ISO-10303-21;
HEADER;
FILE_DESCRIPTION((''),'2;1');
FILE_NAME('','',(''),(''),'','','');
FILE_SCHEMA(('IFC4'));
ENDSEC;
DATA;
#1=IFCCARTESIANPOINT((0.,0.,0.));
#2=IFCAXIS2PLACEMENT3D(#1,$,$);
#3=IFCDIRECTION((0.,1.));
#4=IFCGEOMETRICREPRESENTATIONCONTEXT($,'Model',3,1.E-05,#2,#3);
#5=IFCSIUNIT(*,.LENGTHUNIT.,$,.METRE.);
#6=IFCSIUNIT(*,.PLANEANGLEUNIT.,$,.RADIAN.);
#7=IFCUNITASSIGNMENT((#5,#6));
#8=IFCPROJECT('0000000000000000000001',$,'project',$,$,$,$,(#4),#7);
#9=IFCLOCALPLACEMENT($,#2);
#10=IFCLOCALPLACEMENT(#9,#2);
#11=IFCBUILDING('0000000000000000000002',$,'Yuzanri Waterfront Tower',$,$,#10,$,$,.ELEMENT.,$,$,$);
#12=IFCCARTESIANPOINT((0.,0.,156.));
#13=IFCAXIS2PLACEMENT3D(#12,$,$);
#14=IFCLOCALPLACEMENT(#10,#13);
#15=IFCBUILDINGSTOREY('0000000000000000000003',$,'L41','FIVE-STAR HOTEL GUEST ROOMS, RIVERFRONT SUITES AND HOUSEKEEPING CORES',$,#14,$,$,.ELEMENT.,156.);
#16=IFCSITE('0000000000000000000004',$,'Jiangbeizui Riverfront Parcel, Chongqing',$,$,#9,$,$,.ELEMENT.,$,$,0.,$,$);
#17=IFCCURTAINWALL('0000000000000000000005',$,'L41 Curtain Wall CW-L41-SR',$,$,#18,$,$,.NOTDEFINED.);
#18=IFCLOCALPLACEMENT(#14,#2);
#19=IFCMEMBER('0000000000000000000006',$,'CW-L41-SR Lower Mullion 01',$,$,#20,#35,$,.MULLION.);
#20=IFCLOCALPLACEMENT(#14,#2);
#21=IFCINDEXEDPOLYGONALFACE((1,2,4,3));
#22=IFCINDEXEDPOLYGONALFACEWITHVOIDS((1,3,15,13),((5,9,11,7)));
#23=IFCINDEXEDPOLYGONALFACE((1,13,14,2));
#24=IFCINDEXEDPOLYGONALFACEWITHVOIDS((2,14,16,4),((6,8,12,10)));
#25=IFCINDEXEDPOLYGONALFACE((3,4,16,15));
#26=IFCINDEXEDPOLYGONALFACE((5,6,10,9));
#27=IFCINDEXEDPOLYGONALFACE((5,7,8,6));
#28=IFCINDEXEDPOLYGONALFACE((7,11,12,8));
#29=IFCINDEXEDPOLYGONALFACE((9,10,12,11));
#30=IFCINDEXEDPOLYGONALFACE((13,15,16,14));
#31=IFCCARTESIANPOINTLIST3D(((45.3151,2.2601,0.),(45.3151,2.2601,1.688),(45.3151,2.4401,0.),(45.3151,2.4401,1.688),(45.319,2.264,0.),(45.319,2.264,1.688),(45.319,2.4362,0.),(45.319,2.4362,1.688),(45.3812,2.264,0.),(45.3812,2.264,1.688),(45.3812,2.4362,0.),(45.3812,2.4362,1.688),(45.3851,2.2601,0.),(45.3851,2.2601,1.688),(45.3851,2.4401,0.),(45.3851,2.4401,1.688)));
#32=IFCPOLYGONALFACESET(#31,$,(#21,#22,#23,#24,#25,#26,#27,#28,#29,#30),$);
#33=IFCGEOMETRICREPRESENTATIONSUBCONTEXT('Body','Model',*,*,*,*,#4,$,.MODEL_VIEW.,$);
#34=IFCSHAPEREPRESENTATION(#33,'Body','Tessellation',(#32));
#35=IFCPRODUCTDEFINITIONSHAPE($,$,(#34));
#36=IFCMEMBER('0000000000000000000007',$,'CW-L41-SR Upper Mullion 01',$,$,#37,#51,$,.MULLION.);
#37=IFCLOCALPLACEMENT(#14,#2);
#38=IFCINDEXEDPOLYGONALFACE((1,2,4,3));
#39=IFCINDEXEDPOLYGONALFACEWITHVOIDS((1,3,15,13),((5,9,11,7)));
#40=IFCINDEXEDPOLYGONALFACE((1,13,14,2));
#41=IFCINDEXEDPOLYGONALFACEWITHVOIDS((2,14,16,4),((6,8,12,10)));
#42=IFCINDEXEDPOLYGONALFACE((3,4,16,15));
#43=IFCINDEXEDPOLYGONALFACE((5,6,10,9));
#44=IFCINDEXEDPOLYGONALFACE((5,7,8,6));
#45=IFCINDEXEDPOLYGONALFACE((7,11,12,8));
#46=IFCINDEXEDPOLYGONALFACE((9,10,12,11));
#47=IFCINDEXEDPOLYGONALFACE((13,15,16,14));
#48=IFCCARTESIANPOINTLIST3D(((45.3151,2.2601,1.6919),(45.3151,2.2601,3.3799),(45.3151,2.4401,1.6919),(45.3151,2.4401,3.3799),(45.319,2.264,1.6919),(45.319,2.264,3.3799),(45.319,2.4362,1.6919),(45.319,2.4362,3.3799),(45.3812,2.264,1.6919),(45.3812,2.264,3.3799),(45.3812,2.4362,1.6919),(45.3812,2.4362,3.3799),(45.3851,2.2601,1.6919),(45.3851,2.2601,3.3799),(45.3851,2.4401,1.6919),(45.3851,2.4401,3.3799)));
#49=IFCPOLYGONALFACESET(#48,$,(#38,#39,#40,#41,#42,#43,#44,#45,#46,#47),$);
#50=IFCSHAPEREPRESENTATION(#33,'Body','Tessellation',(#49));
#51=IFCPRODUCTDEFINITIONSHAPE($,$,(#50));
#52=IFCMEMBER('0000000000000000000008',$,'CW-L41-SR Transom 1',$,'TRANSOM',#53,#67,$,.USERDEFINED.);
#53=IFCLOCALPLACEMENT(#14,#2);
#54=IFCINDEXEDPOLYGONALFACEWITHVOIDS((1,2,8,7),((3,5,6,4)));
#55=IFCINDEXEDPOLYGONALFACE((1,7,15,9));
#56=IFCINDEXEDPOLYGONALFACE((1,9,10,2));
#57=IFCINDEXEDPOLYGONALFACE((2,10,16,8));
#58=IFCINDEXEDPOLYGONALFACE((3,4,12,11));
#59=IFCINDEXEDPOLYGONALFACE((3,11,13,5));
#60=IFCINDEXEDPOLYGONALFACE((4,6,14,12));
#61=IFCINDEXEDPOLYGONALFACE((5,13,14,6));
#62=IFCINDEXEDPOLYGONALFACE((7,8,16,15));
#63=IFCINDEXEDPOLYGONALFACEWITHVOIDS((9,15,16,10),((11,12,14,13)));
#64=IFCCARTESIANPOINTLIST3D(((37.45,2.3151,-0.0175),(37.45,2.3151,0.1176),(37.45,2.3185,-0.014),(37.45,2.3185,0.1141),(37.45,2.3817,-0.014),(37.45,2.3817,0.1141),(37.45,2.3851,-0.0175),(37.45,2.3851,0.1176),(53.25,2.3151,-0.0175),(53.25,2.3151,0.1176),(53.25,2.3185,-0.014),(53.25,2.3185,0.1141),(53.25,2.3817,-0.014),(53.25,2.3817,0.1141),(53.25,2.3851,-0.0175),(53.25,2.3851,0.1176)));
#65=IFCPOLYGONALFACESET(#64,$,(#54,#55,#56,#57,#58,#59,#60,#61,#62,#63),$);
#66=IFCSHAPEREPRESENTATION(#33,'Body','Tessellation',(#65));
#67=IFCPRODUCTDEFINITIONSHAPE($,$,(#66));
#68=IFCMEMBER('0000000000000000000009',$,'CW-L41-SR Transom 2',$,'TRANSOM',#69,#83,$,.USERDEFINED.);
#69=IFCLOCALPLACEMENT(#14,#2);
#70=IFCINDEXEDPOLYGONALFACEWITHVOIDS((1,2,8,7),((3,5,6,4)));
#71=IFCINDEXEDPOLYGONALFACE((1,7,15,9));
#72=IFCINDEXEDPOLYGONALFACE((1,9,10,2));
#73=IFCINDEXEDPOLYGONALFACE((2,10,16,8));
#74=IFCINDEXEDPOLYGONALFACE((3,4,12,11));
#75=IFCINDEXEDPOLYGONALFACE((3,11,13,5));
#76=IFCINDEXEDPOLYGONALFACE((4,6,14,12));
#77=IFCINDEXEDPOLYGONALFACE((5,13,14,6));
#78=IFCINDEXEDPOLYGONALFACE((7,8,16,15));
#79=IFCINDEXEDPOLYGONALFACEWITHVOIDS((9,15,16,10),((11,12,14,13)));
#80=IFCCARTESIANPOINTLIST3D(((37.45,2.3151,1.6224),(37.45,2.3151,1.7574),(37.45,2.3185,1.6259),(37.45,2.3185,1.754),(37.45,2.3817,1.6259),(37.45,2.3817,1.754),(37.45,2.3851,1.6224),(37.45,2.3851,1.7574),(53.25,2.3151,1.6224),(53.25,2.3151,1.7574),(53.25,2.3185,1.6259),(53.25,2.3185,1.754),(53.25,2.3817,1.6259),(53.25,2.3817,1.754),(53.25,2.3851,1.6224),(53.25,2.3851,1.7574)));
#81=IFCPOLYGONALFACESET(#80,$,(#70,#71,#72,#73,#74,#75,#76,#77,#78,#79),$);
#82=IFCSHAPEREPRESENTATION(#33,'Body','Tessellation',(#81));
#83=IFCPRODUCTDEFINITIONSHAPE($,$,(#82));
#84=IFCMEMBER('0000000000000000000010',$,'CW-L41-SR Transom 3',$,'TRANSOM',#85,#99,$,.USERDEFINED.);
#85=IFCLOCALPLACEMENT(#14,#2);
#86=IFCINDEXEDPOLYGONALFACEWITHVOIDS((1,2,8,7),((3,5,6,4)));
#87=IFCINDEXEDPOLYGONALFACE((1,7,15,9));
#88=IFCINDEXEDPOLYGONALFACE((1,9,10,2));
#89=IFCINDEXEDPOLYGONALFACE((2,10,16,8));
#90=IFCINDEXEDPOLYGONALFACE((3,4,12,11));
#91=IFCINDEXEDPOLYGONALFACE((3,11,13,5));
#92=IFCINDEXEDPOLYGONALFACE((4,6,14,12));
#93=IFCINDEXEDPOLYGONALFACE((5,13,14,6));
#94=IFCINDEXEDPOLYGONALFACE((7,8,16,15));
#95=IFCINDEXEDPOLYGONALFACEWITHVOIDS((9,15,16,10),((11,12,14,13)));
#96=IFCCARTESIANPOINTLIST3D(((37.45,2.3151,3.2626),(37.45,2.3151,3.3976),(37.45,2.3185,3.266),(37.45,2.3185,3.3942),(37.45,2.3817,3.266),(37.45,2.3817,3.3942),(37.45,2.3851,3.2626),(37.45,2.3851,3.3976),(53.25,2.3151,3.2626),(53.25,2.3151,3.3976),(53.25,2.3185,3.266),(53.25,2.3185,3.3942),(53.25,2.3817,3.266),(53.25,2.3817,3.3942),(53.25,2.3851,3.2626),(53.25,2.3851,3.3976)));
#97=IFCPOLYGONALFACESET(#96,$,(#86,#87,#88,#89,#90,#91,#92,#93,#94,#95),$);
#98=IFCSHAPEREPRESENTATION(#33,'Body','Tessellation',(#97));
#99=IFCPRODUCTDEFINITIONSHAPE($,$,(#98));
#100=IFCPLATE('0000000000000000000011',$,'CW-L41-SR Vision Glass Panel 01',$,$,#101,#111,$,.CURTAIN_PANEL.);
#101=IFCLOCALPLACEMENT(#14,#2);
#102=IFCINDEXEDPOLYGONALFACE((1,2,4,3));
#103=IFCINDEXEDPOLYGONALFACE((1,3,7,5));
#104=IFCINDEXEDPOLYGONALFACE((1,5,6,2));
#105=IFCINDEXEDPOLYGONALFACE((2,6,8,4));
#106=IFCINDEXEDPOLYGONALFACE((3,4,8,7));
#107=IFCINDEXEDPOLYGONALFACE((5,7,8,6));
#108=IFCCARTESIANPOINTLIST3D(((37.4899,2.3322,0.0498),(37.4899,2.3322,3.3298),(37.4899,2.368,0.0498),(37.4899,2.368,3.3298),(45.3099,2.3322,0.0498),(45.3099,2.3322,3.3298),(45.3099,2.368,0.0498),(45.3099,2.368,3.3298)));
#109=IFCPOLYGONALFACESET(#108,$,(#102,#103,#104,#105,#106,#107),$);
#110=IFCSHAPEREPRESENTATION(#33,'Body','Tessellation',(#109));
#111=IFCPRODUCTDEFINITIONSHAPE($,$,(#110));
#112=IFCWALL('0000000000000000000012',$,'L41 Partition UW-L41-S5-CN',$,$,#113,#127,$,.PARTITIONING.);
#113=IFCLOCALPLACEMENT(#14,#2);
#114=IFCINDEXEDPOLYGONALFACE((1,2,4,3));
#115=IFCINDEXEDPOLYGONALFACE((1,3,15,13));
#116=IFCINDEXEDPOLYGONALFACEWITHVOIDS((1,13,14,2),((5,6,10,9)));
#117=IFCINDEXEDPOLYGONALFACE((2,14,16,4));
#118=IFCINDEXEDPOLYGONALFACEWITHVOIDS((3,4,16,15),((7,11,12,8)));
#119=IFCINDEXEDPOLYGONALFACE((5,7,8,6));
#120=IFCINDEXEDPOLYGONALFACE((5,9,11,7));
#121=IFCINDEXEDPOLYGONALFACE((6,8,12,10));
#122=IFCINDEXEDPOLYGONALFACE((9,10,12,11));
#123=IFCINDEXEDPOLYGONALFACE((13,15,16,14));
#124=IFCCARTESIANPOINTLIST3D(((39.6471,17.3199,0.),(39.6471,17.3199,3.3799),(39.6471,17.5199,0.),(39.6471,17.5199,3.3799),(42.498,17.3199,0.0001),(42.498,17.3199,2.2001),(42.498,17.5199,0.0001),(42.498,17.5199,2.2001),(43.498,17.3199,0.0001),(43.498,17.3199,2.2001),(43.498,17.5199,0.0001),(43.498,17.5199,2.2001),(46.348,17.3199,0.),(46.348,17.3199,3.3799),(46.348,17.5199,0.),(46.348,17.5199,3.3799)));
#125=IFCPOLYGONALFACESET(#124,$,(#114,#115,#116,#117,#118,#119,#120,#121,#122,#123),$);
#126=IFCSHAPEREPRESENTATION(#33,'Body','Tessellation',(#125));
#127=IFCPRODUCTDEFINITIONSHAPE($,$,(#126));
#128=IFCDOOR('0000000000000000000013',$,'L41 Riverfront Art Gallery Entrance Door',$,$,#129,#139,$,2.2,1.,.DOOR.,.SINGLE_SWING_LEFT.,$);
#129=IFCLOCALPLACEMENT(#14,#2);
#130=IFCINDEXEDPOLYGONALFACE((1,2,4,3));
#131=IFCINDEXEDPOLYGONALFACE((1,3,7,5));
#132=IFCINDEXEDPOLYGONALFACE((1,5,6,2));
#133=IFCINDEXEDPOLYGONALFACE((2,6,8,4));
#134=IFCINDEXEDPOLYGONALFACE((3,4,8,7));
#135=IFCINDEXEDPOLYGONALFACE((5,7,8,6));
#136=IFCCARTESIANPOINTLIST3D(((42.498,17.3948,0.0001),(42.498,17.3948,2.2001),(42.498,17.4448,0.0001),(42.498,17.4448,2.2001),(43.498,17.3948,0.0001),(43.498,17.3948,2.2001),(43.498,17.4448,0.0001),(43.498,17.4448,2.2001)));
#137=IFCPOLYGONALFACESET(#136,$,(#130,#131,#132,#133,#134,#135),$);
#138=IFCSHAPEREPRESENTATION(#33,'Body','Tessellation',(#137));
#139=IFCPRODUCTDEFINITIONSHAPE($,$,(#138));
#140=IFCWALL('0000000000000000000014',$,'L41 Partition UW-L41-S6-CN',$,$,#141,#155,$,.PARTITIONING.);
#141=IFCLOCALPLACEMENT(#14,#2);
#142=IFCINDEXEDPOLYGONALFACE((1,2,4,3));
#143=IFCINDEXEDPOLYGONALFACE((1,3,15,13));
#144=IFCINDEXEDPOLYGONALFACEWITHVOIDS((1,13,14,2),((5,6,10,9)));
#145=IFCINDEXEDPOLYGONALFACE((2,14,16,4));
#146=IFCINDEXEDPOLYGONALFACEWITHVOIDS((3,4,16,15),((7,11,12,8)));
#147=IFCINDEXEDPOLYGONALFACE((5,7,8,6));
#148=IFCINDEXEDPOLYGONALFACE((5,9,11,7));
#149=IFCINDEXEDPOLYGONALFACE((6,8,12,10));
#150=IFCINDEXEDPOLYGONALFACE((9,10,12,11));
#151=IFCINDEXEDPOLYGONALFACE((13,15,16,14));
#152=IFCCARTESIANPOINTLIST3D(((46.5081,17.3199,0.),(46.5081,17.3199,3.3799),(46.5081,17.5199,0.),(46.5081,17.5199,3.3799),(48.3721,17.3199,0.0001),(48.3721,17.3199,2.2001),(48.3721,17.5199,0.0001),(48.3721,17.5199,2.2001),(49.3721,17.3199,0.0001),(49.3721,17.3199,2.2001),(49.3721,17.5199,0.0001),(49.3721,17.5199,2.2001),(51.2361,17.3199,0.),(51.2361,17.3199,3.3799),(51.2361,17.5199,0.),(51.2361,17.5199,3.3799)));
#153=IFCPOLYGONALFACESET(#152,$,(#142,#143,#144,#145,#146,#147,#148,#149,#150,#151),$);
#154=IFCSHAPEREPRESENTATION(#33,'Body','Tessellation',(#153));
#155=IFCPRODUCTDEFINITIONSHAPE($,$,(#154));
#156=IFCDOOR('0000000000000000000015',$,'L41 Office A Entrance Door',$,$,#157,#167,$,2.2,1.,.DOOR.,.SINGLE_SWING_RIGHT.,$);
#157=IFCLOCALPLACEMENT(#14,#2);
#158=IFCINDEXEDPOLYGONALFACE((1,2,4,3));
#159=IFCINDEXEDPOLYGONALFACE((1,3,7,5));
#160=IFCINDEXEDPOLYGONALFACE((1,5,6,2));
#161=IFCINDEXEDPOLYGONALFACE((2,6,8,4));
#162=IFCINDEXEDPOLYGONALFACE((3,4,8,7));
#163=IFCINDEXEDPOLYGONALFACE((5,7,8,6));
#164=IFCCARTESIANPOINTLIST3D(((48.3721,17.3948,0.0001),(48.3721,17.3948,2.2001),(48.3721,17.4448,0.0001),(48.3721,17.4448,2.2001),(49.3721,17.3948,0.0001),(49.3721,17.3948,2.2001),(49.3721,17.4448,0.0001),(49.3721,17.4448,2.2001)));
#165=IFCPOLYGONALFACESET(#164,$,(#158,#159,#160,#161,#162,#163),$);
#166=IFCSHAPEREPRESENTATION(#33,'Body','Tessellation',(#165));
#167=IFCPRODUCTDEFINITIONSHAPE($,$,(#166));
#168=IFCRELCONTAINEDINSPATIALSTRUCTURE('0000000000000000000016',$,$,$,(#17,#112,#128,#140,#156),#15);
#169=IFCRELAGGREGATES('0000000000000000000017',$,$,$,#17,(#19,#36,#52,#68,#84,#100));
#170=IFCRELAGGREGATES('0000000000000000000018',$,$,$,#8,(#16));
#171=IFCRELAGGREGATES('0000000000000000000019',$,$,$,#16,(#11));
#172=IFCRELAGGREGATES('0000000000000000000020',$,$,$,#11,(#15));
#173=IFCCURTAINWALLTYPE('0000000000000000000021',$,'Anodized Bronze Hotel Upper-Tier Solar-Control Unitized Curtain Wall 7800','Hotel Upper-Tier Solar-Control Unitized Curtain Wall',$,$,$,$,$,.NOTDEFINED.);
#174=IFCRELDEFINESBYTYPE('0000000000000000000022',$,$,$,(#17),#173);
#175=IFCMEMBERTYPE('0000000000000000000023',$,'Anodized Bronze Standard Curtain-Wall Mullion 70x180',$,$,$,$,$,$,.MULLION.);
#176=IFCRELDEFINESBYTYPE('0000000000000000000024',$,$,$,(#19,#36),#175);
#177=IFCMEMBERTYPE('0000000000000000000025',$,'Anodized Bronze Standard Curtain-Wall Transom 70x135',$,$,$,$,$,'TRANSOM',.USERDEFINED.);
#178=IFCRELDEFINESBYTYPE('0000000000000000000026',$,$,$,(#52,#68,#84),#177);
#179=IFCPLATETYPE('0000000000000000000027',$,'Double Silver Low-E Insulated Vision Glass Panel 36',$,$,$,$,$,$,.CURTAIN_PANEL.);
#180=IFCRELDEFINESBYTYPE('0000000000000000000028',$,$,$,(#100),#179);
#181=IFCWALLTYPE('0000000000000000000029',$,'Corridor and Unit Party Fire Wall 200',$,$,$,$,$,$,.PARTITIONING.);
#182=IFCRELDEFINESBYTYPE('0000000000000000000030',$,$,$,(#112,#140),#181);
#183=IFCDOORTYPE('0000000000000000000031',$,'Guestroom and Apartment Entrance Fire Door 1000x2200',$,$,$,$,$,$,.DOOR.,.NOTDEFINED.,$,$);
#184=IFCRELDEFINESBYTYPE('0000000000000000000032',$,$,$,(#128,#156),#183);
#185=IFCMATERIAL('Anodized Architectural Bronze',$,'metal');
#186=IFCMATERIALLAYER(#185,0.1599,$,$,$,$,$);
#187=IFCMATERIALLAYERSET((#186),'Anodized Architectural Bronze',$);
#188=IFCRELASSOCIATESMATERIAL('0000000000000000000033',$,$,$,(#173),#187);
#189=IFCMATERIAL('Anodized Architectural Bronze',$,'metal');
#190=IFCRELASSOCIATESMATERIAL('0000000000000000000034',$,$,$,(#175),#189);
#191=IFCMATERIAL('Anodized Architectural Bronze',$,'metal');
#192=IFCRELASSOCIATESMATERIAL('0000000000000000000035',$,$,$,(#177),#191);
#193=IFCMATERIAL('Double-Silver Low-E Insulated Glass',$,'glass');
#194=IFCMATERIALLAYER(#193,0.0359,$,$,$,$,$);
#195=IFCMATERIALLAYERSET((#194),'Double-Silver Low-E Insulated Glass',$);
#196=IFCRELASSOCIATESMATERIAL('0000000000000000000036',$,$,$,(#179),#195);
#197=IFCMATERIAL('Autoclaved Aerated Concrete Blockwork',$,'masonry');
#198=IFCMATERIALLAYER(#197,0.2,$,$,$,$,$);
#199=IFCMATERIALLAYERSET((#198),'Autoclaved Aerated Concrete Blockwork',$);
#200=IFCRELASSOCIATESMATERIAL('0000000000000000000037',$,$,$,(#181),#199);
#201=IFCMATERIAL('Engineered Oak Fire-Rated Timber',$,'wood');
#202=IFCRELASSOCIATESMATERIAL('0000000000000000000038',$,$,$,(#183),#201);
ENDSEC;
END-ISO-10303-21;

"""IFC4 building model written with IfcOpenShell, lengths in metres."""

from ifc_helpers import new_model, si_unit, direction, frame, frame_2d, origin, origin_2d, place, context, subcontext, project, spatial, rectangle, hollow_rectangle, extrude, source, transform, mapped, material, layer, layer_set, material_profile, profile_set, type_object, element, fill, aggregate, save


model = new_model("IFC4")

# Units and contexts
model_context = context("Model", 3, precision=1e-05, world=origin(), true_north=direction((0.0, 1.0)))
body_context = subcontext(model_context, "Body", "Model", "MODEL_VIEW")
ifc_project = project(units=[si_unit("LENGTHUNIT", "METRE"), si_unit("PLANEANGLEUNIT", "RADIAN")], contexts=[model_context])

# Site, building, storey
site_placement = place(None, origin())
site = spatial("IfcSite", under=ifc_project, at=site_placement, Name="Jiangbeizui Riverfront Parcel, Chongqing", CompositionType="ELEMENT", RefElevation=0.0)
building_placement = place(site_placement, origin())
building = spatial("IfcBuilding", under=site, at=building_placement, Name="Yuzanri Waterfront Tower", CompositionType="ELEMENT")
storey_placement = place(building_placement, frame((0.0, 0.0, 156.0)))
storey = spatial("IfcBuildingStorey", under=building, at=storey_placement, Name="L41", Description="FIVE-STAR HOTEL GUEST ROOMS, RIVERFRONT SUITES AND HOUSEKEEPING CORES", CompositionType="ELEMENT", Elevation=156.0)

# Curtain wall, members, plate
ifc_material_1 = material(Name="Anodized Architectural Bronze", Category="metal")
ifc_layer_1 = layer(ifc_material_1, 0.1599)
ifc_layer_set_1 = layer_set([ifc_layer_1], Name="Anodized Architectural Bronze")
curtain_wall_type = type_object("IfcCurtainWallType", Name="Anodized Bronze Hotel Upper-Tier Solar-Control Unitized Curtain Wall 7800", Description="Hotel Upper-Tier Solar-Control Unitized Curtain Wall", PredefinedType="NOTDEFINED", material=ifc_layer_set_1)
curtain_wall_placement = place(storey_placement, origin())
curtain_wall = element("IfcCurtainWall", 1, at=curtain_wall_placement, inside=storey, type_object=curtain_wall_type, Name="L41 Curtain Wall CW-L41-SR", PredefinedType="NOTDEFINED")
ifc_material_2 = material(Name="Anodized Architectural Bronze", Category="metal")
ifc_material_profile_1 = material_profile(ifc_material_2, hollow_rectangle(XDim=0.0701, YDim=0.1799, WallThickness=0.0039, at=origin_2d()), Name="CWM 70x180")
ifc_profile_set_1 = profile_set([ifc_material_profile_1], Name="Anodized Architectural Bronze")
member_type_1 = type_object("IfcMemberType", Name="Anodized Bronze Standard Curtain-Wall Mullion 70x180", PredefinedType="MULLION", material=ifc_profile_set_1)
shared_shape_1 = source(origin(), body_context, "Body", "SweptSolid", [
    extrude(hollow_rectangle(XDim=0.0701, YDim=0.1799, WallThickness=0.0039, at=origin_2d()), origin(), (0.0, 0.0, 1.0), 1.688),
])
member_1_placement = place(storey_placement, frame((45.3501, 2.3501, 0.0), z_axis=(0.0, 0.0, 1.0), x_axis=(1.0, 0.0, 0.0)))
member_1 = element("IfcMember", 2, at=member_1_placement, type_object=member_type_1, Name="CW-L41-SR Lower Mullion 01", PredefinedType="MULLION", context=body_context, shape_type="MappedRepresentation", body=[
    mapped(shared_shape_1, transform((0.0, 0.0, 0.0), scale=1.0)),
])
member_2_placement = place(storey_placement, frame((45.3501, 2.3501, 1.6919), z_axis=(0.0, 0.0, 1.0), x_axis=(1.0, 0.0, 0.0)))
member_2 = element("IfcMember", 3, at=member_2_placement, type_object=member_type_1, Name="CW-L41-SR Upper Mullion 01", PredefinedType="MULLION", context=body_context, shape_type="MappedRepresentation", body=[
    mapped(shared_shape_1, transform((0.0, 0.0, 0.0), scale=1.0)),
])
ifc_material_3 = material(Name="Anodized Architectural Bronze", Category="metal")
ifc_material_profile_2 = material_profile(ifc_material_3, hollow_rectangle(XDim=0.0701, YDim=0.135, WallThickness=0.0034, at=origin_2d()), Name="CWT 70x135")
ifc_profile_set_2 = profile_set([ifc_material_profile_2], Name="Anodized Architectural Bronze")
member_type_2 = type_object("IfcMemberType", Name="Anodized Bronze Standard Curtain-Wall Transom 70x135", ElementType="TRANSOM", PredefinedType="USERDEFINED", material=ifc_profile_set_2)
shared_shape_2 = source(origin(), body_context, "Body", "SweptSolid", [
    extrude(hollow_rectangle(XDim=0.0701, YDim=0.135, WallThickness=0.0034, at=origin_2d()), origin(), (0.0, 0.0, 1.0), 15.8),
])
member_3_placement = place(storey_placement, frame((37.45, 2.3501, 0.05), z_axis=(1.0, 0.0, 0.0), x_axis=(0.0, 1.0, 0.0)))
member_3 = element("IfcMember", 4, at=member_3_placement, type_object=member_type_2, Name="CW-L41-SR Transom 1", ObjectType="TRANSOM", PredefinedType="USERDEFINED", context=body_context, shape_type="MappedRepresentation", body=[
    mapped(shared_shape_2, transform((0.0, 0.0, 0.0), scale=1.0)),
])
member_4_placement = place(storey_placement, frame((37.45, 2.3501, 1.6899), z_axis=(1.0, 0.0, 0.0), x_axis=(0.0, 1.0, 0.0)))
member_4 = element("IfcMember", 5, at=member_4_placement, type_object=member_type_2, Name="CW-L41-SR Transom 2", ObjectType="TRANSOM", PredefinedType="USERDEFINED", context=body_context, shape_type="MappedRepresentation", body=[
    mapped(shared_shape_2, transform((0.0, 0.0, 0.0), scale=1.0)),
])
member_5_placement = place(storey_placement, frame((37.45, 2.3501, 3.3301), z_axis=(1.0, 0.0, 0.0), x_axis=(0.0, 1.0, 0.0)))
member_5 = element("IfcMember", 6, at=member_5_placement, type_object=member_type_2, Name="CW-L41-SR Transom 3", ObjectType="TRANSOM", PredefinedType="USERDEFINED", context=body_context, shape_type="MappedRepresentation", body=[
    mapped(shared_shape_2, transform((0.0, 0.0, 0.0), scale=1.0)),
])
ifc_material_4 = material(Name="Double-Silver Low-E Insulated Glass", Category="glass")
ifc_layer_2 = layer(ifc_material_4, 0.0359)
ifc_layer_set_2 = layer_set([ifc_layer_2], Name="Double-Silver Low-E Insulated Glass")
plate_type = type_object("IfcPlateType", Name="Double Silver Low-E Insulated Vision Glass Panel 36", PredefinedType="CURTAIN_PANEL", material=ifc_layer_set_2)
shared_shape_3 = source(origin(), body_context, "Body", "SweptSolid", [
    extrude(rectangle(XDim=7.8201, YDim=0.0359, at=origin_2d()), origin(), (0.0, 0.0, 1.0), 3.28),
])
plate_placement = place(storey_placement, frame((41.3999, 2.3501, 0.0498), z_axis=(0.0, 0.0, 1.0), x_axis=(1.0, 0.0, 0.0)))
plate = element("IfcPlate", 7, at=plate_placement, type_object=plate_type, Name="CW-L41-SR Vision Glass Panel 01", PredefinedType="CURTAIN_PANEL", context=body_context, shape_type="MappedRepresentation", body=[
    mapped(shared_shape_3, transform((0.0, 0.0, 0.0), scale=1.0)),
])
aggregate(curtain_wall, [member_1, member_2, member_3, member_4, member_5, plate])

# Walls, openings, doors
ifc_material_5 = material(Name="Autoclaved Aerated Concrete Blockwork", Category="masonry")
ifc_layer_3 = layer(ifc_material_5, 0.2)
ifc_layer_set_3 = layer_set([ifc_layer_3], Name="Autoclaved Aerated Concrete Blockwork")
wall_type_1 = type_object("IfcWallType", Name="Corridor and Unit Party Fire Wall 200", PredefinedType="PARTITIONING", material=ifc_layer_set_3)
wall_1_placement = place(storey_placement, frame((39.647, 17.4199, 0.0), z_axis=(0.0, 0.0, 1.0), x_axis=(1.0, 0.0, 0.0)))
wall_1 = element("IfcWall", 8, at=wall_1_placement, inside=storey, type_object=wall_type_1, Name="L41 Partition UW-L41-S5-CN", PredefinedType="PARTITIONING", context=body_context, shape_type="SweptSolid", body=[
    extrude(rectangle(XDim=6.7009, YDim=0.2, at=frame_2d((3.3506, 0.0))), origin(), (0.0, 0.0, 1.0), 3.3799),
])
opening_1_placement = place(wall_1_placement, frame((2.8511, 0.0, 0.0)))
opening_1 = element("IfcOpeningElement", 9, at=opening_1_placement, cuts=wall_1, PredefinedType="OPENING", context=body_context, shape_type="SweptSolid", body=[
    extrude(rectangle(XDim=1.0, YDim=2.2, at=frame_2d((0.5, 1.1001))), frame((0.0, 0.1147, 0.0), z_axis=(0.0, -1.0, 0.0), x_axis=(1.0, 0.0, 0.0)), (0.0, 0.0, 1.0), 0.2297),
])
ifc_material_6 = material(Name="Engineered Oak Fire-Rated Timber", Category="wood")
door_type = type_object("IfcDoorType", Name="Guestroom and Apartment Entrance Fire Door 1000x2200", OperationType="NOTDEFINED", PredefinedType="DOOR", material=ifc_material_6)
shared_shape_4 = source(origin(), body_context, "Body", "SweptSolid", [
    extrude(rectangle(XDim=1.0, YDim=2.2, at=frame_2d((0.5, 1.1001))), frame((0.0, 0.0249, 0.0), z_axis=(0.0, -1.0, 0.0), x_axis=(1.0, 0.0, 0.0)), (0.0, 0.0, 1.0), 0.05),
])
door_1_placement = place(opening_1_placement, origin())
door_1 = element("IfcDoor", 10, at=door_1_placement, inside=storey, type_object=door_type, Name="L41 Riverfront Art Gallery Entrance Door", OperationType="SINGLE_SWING_LEFT", OverallHeight=2.2, OverallWidth=1.0, PredefinedType="DOOR", context=body_context, shape_type="MappedRepresentation", body=[
    mapped(shared_shape_4, transform((0.0, 0.0, 0.0), scale=1.0)),
])
fill(opening_1, door_1)
wall_2_placement = place(storey_placement, frame((46.5081, 17.4199, 0.0), z_axis=(0.0, 0.0, 1.0), x_axis=(1.0, 0.0, 0.0)))
wall_2 = element("IfcWall", 11, at=wall_2_placement, inside=storey, type_object=wall_type_1, Name="L41 Partition UW-L41-S6-CN", PredefinedType="PARTITIONING", context=body_context, shape_type="SweptSolid", body=[
    extrude(rectangle(XDim=4.728, YDim=0.2, at=frame_2d((2.364, 0.0))), origin(), (0.0, 0.0, 1.0), 3.3799),
])
opening_2_placement = place(wall_2_placement, frame((1.864, 0.0, 0.0)))
opening_2 = element("IfcOpeningElement", 12, at=opening_2_placement, cuts=wall_2, PredefinedType="OPENING", context=body_context, shape_type="SweptSolid", body=[
    extrude(rectangle(XDim=1.0, YDim=2.2, at=frame_2d((0.5, 1.1001))), frame((0.0, 0.1147, 0.0), z_axis=(0.0, -1.0, 0.0), x_axis=(1.0, 0.0, 0.0)), (0.0, 0.0, 1.0), 0.2297),
])
door_2_placement = place(opening_2_placement, origin())
door_2 = element("IfcDoor", 13, at=door_2_placement, inside=storey, type_object=door_type, Name="L41 Office A Entrance Door", OperationType="SINGLE_SWING_RIGHT", OverallHeight=2.2, OverallWidth=1.0, PredefinedType="DOOR", context=body_context, shape_type="MappedRepresentation", body=[
    mapped(shared_shape_4, transform((0.0, 0.0, 0.0), scale=1.0)),
])
fill(opening_2, door_2)

save(model, "model.ifc")
